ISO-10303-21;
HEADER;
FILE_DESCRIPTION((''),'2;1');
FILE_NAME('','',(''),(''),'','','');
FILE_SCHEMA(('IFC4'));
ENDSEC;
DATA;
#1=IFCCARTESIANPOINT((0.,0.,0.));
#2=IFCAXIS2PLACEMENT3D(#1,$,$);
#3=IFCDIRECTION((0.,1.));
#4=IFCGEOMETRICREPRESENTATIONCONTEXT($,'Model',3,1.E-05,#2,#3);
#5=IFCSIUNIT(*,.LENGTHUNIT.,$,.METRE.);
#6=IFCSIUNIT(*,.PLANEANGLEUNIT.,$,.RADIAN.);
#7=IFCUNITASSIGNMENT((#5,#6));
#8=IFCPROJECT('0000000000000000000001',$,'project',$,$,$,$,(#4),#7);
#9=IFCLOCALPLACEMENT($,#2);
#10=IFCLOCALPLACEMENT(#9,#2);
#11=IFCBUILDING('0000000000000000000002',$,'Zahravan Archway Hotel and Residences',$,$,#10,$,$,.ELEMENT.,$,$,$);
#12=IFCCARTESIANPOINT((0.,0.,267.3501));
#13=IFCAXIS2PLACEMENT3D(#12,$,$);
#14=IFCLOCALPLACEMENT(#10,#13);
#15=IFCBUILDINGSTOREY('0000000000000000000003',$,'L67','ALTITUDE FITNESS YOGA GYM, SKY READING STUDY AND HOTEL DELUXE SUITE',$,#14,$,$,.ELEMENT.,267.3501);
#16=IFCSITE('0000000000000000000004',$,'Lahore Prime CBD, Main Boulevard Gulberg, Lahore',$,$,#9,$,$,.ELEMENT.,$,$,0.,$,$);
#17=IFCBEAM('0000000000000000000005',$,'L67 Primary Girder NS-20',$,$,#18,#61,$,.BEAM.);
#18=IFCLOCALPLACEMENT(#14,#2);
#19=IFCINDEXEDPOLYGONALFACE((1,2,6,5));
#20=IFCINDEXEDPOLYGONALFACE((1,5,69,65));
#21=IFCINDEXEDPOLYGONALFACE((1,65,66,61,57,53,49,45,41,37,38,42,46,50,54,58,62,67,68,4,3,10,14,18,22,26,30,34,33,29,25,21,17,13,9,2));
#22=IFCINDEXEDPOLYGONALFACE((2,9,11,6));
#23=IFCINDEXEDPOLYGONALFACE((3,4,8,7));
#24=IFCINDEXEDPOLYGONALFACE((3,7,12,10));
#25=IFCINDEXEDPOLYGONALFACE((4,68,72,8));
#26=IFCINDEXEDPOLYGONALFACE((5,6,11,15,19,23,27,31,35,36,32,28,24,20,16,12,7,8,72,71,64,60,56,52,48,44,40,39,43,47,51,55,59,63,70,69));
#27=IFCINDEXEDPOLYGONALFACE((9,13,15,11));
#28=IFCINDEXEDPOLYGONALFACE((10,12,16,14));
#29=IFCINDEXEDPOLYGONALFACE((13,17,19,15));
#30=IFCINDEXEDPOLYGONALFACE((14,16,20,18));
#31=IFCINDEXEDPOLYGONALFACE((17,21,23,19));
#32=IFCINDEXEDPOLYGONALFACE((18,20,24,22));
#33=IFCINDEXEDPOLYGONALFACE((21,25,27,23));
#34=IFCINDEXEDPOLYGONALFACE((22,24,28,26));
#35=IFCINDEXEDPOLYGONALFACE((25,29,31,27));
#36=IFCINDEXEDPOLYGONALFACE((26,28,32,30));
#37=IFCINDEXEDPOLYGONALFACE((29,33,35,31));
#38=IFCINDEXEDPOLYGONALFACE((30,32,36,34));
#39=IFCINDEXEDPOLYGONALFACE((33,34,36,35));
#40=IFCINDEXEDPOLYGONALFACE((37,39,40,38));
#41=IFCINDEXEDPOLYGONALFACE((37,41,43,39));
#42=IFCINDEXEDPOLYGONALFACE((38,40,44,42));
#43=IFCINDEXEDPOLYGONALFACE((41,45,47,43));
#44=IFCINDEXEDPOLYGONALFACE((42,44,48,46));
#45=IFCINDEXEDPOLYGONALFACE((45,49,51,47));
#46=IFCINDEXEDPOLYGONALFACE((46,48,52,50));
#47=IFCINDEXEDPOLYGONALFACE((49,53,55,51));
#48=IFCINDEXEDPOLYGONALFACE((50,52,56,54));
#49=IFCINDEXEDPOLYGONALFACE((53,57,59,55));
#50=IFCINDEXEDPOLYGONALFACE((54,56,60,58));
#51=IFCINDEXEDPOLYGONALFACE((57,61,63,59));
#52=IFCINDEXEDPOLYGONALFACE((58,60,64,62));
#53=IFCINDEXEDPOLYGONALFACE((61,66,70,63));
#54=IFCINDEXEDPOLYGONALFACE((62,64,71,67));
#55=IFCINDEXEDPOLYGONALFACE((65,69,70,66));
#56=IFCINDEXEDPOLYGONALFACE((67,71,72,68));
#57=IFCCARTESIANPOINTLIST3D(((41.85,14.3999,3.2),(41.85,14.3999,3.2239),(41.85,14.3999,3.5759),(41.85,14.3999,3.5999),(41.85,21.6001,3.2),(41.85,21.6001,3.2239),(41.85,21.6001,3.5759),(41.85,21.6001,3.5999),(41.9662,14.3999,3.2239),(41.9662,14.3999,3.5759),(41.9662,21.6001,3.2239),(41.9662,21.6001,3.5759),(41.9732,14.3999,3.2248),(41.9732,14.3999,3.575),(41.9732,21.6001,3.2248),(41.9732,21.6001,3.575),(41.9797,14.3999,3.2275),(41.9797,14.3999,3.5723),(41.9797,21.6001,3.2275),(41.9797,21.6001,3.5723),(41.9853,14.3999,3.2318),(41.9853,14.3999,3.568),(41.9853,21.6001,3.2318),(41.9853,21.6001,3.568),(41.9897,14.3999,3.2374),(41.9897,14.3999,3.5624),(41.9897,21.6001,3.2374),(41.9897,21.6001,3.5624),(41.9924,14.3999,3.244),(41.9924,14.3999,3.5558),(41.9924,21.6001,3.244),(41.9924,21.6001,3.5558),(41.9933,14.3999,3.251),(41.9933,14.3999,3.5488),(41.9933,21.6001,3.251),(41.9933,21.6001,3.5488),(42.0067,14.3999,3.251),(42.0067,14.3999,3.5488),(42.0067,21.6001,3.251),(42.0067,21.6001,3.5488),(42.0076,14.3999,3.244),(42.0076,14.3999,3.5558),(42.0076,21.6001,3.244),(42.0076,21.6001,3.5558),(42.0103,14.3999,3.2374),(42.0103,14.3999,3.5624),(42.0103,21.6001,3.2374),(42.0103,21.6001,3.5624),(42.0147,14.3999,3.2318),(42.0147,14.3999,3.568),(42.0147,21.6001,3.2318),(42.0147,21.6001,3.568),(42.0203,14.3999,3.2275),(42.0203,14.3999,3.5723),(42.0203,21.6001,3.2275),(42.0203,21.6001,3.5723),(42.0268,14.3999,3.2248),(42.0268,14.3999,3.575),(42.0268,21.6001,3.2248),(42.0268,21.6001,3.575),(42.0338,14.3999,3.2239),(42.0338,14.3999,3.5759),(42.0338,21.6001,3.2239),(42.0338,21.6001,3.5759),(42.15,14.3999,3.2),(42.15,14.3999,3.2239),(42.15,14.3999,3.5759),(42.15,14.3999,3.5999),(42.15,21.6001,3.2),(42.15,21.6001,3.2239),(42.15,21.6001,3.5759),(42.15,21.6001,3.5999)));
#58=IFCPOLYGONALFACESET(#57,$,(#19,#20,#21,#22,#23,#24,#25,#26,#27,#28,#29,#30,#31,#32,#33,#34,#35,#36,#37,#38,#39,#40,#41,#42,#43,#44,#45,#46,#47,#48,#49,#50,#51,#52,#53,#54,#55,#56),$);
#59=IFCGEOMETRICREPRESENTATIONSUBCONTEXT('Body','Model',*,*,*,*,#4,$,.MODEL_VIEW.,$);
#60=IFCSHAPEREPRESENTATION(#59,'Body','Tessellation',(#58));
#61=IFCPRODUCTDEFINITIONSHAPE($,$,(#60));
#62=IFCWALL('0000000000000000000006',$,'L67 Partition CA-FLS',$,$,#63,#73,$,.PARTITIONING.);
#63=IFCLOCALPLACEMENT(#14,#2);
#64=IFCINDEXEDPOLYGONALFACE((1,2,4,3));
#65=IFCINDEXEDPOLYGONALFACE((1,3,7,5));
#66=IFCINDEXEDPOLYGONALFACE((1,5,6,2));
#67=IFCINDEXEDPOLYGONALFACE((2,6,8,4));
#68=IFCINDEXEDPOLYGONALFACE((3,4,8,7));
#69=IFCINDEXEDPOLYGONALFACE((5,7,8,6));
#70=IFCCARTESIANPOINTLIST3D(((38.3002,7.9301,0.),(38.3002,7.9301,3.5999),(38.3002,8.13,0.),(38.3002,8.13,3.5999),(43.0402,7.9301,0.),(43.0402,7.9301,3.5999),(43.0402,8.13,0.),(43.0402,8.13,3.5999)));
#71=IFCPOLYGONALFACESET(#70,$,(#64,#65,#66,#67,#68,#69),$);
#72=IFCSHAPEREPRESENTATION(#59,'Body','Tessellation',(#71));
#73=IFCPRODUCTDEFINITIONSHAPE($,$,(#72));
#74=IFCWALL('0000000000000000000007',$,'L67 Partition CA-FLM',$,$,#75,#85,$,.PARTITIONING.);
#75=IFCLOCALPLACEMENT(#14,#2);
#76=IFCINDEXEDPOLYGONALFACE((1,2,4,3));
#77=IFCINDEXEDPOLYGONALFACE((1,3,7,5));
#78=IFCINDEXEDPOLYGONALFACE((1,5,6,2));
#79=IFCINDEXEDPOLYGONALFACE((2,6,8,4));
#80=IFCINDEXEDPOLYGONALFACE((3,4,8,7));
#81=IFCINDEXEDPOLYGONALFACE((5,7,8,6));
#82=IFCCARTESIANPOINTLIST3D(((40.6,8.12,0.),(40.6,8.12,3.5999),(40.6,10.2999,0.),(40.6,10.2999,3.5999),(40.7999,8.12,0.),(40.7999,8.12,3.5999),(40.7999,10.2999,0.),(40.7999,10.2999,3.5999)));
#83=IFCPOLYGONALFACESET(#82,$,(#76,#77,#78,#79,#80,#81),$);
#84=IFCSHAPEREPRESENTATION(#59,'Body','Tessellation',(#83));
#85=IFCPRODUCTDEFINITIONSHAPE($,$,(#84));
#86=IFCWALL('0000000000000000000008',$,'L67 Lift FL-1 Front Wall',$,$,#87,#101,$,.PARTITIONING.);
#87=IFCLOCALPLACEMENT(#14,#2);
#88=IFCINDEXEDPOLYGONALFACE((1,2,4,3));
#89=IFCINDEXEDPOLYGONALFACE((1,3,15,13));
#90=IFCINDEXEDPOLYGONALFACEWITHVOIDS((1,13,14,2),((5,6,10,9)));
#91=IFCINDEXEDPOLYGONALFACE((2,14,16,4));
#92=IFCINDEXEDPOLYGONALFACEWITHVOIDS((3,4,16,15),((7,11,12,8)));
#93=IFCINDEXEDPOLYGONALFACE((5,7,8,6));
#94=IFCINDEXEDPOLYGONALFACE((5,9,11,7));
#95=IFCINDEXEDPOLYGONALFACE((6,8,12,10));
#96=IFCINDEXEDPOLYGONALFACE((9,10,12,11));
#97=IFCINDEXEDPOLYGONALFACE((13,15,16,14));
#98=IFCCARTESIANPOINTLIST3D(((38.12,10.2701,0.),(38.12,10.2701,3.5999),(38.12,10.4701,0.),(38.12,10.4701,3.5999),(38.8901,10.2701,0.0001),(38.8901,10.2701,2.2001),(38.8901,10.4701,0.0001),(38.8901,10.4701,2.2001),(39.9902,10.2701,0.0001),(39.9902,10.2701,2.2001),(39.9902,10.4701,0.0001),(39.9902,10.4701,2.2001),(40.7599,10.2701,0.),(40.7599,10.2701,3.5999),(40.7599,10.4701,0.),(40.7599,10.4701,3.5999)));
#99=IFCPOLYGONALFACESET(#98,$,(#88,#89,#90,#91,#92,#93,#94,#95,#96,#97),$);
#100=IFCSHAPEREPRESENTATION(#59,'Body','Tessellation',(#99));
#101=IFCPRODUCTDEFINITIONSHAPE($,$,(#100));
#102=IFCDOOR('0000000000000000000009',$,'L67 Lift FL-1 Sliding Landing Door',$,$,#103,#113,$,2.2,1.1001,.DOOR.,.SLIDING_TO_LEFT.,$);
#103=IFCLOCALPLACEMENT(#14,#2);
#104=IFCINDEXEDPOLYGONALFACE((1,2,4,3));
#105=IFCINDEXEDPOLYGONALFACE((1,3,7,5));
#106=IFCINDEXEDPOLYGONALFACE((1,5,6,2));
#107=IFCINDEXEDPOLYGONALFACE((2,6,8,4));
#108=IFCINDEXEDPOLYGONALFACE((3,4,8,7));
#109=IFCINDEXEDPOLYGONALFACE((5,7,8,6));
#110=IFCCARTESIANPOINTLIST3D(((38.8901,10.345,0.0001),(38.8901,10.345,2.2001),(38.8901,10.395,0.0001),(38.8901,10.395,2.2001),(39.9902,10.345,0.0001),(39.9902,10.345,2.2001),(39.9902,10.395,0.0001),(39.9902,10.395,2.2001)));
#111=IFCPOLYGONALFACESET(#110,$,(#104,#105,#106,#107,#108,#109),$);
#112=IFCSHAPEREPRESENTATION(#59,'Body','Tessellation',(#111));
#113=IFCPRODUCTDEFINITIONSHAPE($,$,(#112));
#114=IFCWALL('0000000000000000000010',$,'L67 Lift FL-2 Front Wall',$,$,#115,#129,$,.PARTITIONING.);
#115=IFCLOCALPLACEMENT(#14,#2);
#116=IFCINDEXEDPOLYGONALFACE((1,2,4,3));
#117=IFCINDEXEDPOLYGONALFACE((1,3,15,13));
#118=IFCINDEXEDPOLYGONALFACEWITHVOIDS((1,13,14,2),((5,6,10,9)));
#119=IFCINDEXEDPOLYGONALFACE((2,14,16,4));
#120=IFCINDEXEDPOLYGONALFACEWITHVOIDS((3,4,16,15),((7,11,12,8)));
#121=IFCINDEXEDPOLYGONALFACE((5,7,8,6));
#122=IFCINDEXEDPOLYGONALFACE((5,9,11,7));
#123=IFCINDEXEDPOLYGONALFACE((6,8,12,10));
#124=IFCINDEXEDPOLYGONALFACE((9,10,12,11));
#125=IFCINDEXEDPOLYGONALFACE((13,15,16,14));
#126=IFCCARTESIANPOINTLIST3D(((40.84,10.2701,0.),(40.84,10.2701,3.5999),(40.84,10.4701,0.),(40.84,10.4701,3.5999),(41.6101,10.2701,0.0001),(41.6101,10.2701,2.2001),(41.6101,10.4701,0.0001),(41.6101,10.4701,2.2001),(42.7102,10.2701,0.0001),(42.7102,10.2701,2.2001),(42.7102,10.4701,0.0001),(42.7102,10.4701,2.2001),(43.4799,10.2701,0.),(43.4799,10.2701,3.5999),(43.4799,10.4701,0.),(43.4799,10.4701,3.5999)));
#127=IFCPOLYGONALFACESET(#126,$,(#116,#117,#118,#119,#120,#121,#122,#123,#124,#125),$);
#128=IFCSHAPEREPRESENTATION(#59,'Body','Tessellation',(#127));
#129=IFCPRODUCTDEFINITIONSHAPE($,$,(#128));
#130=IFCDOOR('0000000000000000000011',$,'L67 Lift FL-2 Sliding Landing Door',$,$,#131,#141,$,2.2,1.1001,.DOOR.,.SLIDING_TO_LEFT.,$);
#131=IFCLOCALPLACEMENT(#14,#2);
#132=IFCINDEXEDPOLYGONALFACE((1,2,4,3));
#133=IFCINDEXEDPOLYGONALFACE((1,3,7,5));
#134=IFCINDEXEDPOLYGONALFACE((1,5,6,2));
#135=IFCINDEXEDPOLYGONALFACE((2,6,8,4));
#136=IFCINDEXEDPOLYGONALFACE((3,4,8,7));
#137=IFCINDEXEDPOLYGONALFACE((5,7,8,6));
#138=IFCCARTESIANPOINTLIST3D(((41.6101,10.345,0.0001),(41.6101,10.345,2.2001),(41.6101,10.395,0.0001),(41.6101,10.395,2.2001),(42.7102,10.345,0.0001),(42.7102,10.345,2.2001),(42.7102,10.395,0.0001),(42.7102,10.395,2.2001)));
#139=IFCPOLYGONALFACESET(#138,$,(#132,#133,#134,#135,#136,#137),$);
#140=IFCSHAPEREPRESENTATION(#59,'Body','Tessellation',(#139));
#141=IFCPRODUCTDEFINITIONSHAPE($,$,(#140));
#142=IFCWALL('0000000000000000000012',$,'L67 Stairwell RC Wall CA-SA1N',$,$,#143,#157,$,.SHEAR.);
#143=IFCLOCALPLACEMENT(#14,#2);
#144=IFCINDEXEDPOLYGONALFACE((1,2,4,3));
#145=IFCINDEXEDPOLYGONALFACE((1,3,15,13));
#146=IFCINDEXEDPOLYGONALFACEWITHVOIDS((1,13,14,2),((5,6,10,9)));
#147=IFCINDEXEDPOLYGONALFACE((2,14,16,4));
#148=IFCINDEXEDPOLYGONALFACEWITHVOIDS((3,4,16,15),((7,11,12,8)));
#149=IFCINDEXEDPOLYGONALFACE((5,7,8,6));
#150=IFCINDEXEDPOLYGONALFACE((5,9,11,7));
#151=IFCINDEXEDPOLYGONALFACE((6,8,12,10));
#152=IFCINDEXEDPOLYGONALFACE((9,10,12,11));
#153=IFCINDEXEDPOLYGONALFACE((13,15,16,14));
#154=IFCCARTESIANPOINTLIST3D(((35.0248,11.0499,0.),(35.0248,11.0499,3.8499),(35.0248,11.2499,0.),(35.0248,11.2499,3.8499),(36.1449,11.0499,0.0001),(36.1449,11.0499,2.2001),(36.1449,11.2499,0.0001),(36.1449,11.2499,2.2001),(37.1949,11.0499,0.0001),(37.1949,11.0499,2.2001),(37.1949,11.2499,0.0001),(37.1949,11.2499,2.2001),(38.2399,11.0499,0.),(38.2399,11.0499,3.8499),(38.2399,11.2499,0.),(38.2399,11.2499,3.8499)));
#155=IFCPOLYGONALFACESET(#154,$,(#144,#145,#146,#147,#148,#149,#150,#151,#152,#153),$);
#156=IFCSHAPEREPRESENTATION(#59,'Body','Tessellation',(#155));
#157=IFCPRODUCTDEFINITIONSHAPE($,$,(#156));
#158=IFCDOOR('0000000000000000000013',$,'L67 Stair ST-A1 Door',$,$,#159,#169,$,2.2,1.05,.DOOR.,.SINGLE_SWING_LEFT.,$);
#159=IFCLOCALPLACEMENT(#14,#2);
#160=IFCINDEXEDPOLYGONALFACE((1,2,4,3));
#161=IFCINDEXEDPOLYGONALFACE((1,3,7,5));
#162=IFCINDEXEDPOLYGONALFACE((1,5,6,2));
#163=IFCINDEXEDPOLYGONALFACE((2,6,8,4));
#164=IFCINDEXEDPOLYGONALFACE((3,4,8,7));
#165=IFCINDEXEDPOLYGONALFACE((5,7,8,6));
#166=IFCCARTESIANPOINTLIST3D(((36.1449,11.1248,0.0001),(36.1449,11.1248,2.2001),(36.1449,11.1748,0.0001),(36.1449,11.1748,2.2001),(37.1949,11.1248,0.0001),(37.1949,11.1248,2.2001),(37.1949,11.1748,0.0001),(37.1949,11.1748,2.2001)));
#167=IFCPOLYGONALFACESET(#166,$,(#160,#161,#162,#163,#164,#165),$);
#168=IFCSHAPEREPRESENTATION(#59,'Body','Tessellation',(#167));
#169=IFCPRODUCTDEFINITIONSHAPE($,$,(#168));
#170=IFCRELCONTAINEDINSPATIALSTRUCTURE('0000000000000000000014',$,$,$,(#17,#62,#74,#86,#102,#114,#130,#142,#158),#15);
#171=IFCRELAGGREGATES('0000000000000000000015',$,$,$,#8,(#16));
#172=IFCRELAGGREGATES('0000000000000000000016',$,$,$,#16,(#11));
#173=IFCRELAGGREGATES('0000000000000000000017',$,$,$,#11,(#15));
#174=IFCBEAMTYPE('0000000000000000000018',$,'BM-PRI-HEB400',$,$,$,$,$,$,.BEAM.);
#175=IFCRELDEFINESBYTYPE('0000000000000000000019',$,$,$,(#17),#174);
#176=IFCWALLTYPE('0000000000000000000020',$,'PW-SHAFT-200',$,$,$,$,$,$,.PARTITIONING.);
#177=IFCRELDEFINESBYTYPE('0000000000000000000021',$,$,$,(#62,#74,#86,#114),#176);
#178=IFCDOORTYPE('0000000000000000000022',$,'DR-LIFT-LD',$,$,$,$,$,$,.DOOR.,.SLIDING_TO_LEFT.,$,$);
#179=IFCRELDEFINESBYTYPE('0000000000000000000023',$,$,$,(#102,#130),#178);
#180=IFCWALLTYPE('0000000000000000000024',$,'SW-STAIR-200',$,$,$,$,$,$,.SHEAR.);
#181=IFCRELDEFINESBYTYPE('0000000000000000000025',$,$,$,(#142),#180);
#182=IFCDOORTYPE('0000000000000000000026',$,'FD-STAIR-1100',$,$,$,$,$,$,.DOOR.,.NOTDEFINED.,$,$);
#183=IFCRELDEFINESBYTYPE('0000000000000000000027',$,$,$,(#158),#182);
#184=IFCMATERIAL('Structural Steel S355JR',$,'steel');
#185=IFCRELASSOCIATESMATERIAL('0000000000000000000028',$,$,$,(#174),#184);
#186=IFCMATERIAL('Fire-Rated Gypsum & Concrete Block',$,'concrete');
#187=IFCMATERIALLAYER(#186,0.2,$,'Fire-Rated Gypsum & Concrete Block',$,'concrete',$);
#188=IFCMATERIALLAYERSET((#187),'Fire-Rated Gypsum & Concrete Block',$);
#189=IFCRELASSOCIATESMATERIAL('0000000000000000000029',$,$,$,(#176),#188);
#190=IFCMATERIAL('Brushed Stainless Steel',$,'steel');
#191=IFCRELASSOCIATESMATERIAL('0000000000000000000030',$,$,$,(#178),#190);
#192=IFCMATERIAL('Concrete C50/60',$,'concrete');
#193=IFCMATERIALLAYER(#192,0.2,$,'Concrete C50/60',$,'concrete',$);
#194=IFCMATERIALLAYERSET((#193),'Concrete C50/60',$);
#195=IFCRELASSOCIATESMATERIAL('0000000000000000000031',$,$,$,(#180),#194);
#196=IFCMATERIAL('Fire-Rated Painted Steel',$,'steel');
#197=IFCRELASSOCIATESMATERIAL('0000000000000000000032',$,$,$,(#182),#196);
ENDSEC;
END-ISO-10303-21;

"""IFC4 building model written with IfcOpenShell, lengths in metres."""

from ifc_helpers import new_model, si_unit, direction, frame, frame_2d, origin, origin_2d, place, context, subcontext, project, spatial, rectangle, i_section, extrude, source, transform, mapped, material, layer, layer_set, material_profile, profile_set, type_object, type_shapes, element, fill, save


model = new_model("IFC4")

# Units and contexts
model_context = context("Model", 3, precision=1e-05, world=origin(), true_north=direction((0.0, 1.0)))
body_context = subcontext(model_context, "Body", "Model", "MODEL_VIEW")
ifc_project = project(units=[si_unit("LENGTHUNIT", "METRE"), si_unit("PLANEANGLEUNIT", "RADIAN")], contexts=[model_context])

# Site, building, storey
site_placement = place(None, origin())
site = spatial("IfcSite", under=ifc_project, at=site_placement, Name="Lahore Prime CBD, Main Boulevard Gulberg, Lahore", CompositionType="ELEMENT", RefElevation=0.0)
building_placement = place(site_placement, origin())
building = spatial("IfcBuilding", under=site, at=building_placement, Name="Zahravan Archway Hotel and Residences", CompositionType="ELEMENT")
storey_placement = place(building_placement, frame((0.0, 0.0, 267.3501)))
storey = spatial("IfcBuildingStorey", under=building, at=storey_placement, Name="L67", Description="ALTITUDE FITNESS YOGA GYM, SKY READING STUDY AND HOTEL DELUXE SUITE", CompositionType="ELEMENT", Elevation=267.3501)

# Shared definitions
ifc_material_1 = material(Name="Concrete C50/60", Category="concrete")

# Beam
ifc_material_2 = material(Name="Structural Steel S355JR", Category="steel")
ifc_material_profile_1 = material_profile(ifc_material_2, i_section(OverallWidth=0.3, OverallDepth=0.3999, WebThickness=0.0134, FlangeThickness=0.0239, FilletRadius=0.0271, at=origin_2d()), Name="HEB 400", Category="steel")
ifc_profile_set_1 = profile_set([ifc_material_profile_1], Name="Structural Steel S355JR")
beam_type = type_object("IfcBeamType", Name="BM-PRI-HEB400", PredefinedType="BEAM", material=ifc_profile_set_1)
shared_shape_1 = source(origin(), body_context, "Body", "SweptSolid", [
    extrude(i_section(OverallWidth=0.3, OverallDepth=0.3999, WebThickness=0.0134, FlangeThickness=0.0239, FilletRadius=0.0271, at=origin_2d()), origin(), (0.0, 0.0, 1.0), 7.2002),
])
for number, where, z_axis, x_axis, name in (
    (1, (42.0, 14.3999, 3.3999), (0.0, 1.0, 0.0), (-1.0, 0.0, 0.0), "L67 Primary Girder NS-20"),
):
    element("IfcBeam", number, at=place(storey_placement, frame(where, z_axis=z_axis, x_axis=x_axis)), inside=storey, type_object=beam_type, Name=name, PredefinedType="BEAM", context=body_context, shape_type="MappedRepresentation", body=[
        mapped(shared_shape_1, transform((0.0, 0.0, 0.0), scale=1.0)),
    ])

# Shared definitions
ifc_material_3 = material(Name="Fire-Rated Gypsum & Concrete Block", Category="concrete")
ifc_material_4 = material(Name="Fire-Rated Painted Steel", Category="steel")

# Walls
ifc_layer_1 = layer(ifc_material_3, 0.2, Name="Fire-Rated Gypsum & Concrete Block", Category="concrete")
ifc_layer_set_1 = layer_set([ifc_layer_1], Name="Fire-Rated Gypsum & Concrete Block")
wall_type_1 = type_object("IfcWallType", Name="PW-SHAFT-200", PredefinedType="PARTITIONING", material=ifc_layer_set_1)
wall_1_placement = place(storey_placement, frame((38.3, 8.03, 0.0), z_axis=(0.0, 0.0, 1.0), x_axis=(1.0, 0.0, 0.0)))
element("IfcWall", 2, at=wall_1_placement, inside=storey, type_object=wall_type_1, Name="L67 Partition CA-FLS", PredefinedType="PARTITIONING", context=body_context, shape_type="SweptSolid", body=[
    extrude(rectangle(XDim=4.74, YDim=0.2, at=frame_2d((2.3701, 0.0))), origin(), (0.0, 0.0, 1.0), 3.5999),
])
wall_2_placement = place(storey_placement, frame((40.7, 8.1201, 0.0), z_axis=(0.0, 0.0, 1.0), x_axis=(0.0, 1.0, 0.0)))
element("IfcWall", 3, at=wall_2_placement, inside=storey, type_object=wall_type_1, Name="L67 Partition CA-FLM", PredefinedType="PARTITIONING", context=body_context, shape_type="SweptSolid", body=[
    extrude(rectangle(XDim=2.1799, YDim=0.2, at=frame_2d((1.0898, 0.0))), origin(), (0.0, 0.0, 1.0), 3.5999),
])

# Walls, openings, doors
wall_3_placement = place(storey_placement, frame((38.1201, 10.3701, 0.0), z_axis=(0.0, 0.0, 1.0), x_axis=(1.0, 0.0, 0.0)))
wall_3 = element("IfcWall", 4, at=wall_3_placement, inside=storey, type_object=wall_type_1, Name="L67 Lift FL-1 Front Wall", PredefinedType="PARTITIONING", context=body_context, shape_type="SweptSolid", body=[
    extrude(rectangle(XDim=2.6399, YDim=0.2, at=frame_2d((1.3198, 0.0))), origin(), (0.0, 0.0, 1.0), 3.5999),
])
opening_1_placement = place(wall_3_placement, frame((0.77, 0.0, 0.0)))
opening_1 = element("IfcOpeningElement", 5, at=opening_1_placement, cuts=wall_3, PredefinedType="OPENING", context=body_context, shape_type="SweptSolid", body=[
    extrude(rectangle(XDim=1.1001, YDim=2.2, at=frame_2d((0.55, 1.1001))), frame((0.0, 0.1099, 0.0), z_axis=(0.0, -1.0, 0.0), x_axis=(1.0, 0.0, 0.0)), (0.0, 0.0, 1.0), 0.22),
])
ifc_material_5 = material(Name="Brushed Stainless Steel", Category="steel")
door_type_1 = type_object("IfcDoorType", Name="DR-LIFT-LD", OperationType="SLIDING_TO_LEFT", PredefinedType="DOOR", material=ifc_material_5)
shared_shape_2 = source(origin(), body_context, "Body", "SweptSolid", [
    extrude(rectangle(XDim=1.1001, YDim=2.2, at=frame_2d((0.55, 1.1001))), frame((0.0, 0.0249, 0.0), z_axis=(0.0, -1.0, 0.0), x_axis=(1.0, 0.0, 0.0)), (0.0, 0.0, 1.0), 0.05),
])
type_shapes(door_type_1, [shared_shape_2])
door_1_placement = place(opening_1_placement, origin())
door_1 = element("IfcDoor", 6, at=door_1_placement, inside=storey, type_object=door_type_1, Name="L67 Lift FL-1 Sliding Landing Door", OperationType="SLIDING_TO_LEFT", OverallHeight=2.2, OverallWidth=1.1001, PredefinedType="DOOR", context=body_context, shape_type="MappedRepresentation", body=[
    mapped(shared_shape_2, transform((0.0, 0.0, 0.0), scale=1.0)),
])
fill(opening_1, door_1)
wall_4_placement = place(storey_placement, frame((40.8401, 10.3701, 0.0), z_axis=(0.0, 0.0, 1.0), x_axis=(1.0, 0.0, 0.0)))
wall_4 = element("IfcWall", 7, at=wall_4_placement, inside=storey, type_object=wall_type_1, Name="L67 Lift FL-2 Front Wall", PredefinedType="PARTITIONING", context=body_context, shape_type="SweptSolid", body=[
    extrude(rectangle(XDim=2.6399, YDim=0.2, at=frame_2d((1.3198, 0.0))), origin(), (0.0, 0.0, 1.0), 3.5999),
])
opening_2_placement = place(wall_4_placement, frame((0.77, 0.0, 0.0)))
opening_2 = element("IfcOpeningElement", 8, at=opening_2_placement, cuts=wall_4, PredefinedType="OPENING", context=body_context, shape_type="SweptSolid", body=[
    extrude(rectangle(XDim=1.1001, YDim=2.2, at=frame_2d((0.55, 1.1001))), frame((0.0, 0.1099, 0.0), z_axis=(0.0, -1.0, 0.0), x_axis=(1.0, 0.0, 0.0)), (0.0, 0.0, 1.0), 0.22),
])
door_2_placement = place(opening_2_placement, origin())
door_2 = element("IfcDoor", 9, at=door_2_placement, inside=storey, type_object=door_type_1, Name="L67 Lift FL-2 Sliding Landing Door", OperationType="SLIDING_TO_LEFT", OverallHeight=2.2, OverallWidth=1.1001, PredefinedType="DOOR", context=body_context, shape_type="MappedRepresentation", body=[
    mapped(shared_shape_2, transform((0.0, 0.0, 0.0), scale=1.0)),
])
fill(opening_2, door_2)
ifc_layer_2 = layer(ifc_material_1, 0.2, Name="Concrete C50/60", Category="concrete")
ifc_layer_set_2 = layer_set([ifc_layer_2], Name="Concrete C50/60")
wall_type_2 = type_object("IfcWallType", Name="SW-STAIR-200", PredefinedType="SHEAR", material=ifc_layer_set_2)
wall_5_placement = place(storey_placement, frame((35.0249, 11.1499, 0.0), z_axis=(0.0, 0.0, 1.0), x_axis=(1.0, 0.0, 0.0)))
wall_5 = element("IfcWall", 10, at=wall_5_placement, inside=storey, type_object=wall_type_2, Name="L67 Stairwell RC Wall CA-SA1N", PredefinedType="SHEAR", context=body_context, shape_type="SweptSolid", body=[
    extrude(rectangle(XDim=3.2151, YDim=0.2, at=frame_2d((1.6074, 0.0))), origin(), (0.0, 0.0, 1.0), 3.8499),
])
opening_3_placement = place(wall_5_placement, frame((1.1201, 0.0, 0.0)))
opening_3 = element("IfcOpeningElement", 11, at=opening_3_placement, cuts=wall_5, PredefinedType="OPENING", context=body_context, shape_type="SweptSolid", body=[
    extrude(rectangle(XDim=1.05, YDim=2.2, at=frame_2d((0.5249, 1.1001))), frame((0.0, 0.1099, 0.0), z_axis=(0.0, -1.0, 0.0), x_axis=(1.0, 0.0, 0.0)), (0.0, 0.0, 1.0), 0.22),
])
door_type_2 = type_object("IfcDoorType", Name="FD-STAIR-1100", OperationType="NOTDEFINED", PredefinedType="DOOR", material=ifc_material_4)
shared_shape_3 = source(origin(), body_context, "Body", "SweptSolid", [
    extrude(rectangle(XDim=1.05, YDim=2.2, at=frame_2d((0.5249, 1.1001))), frame((0.0, 0.0249, 0.0), z_axis=(0.0, -1.0, 0.0), x_axis=(1.0, 0.0, 0.0)), (0.0, 0.0, 1.0), 0.05),
])
type_shapes(door_type_2, [shared_shape_3])
door_3_placement = place(opening_3_placement, origin())
door_3 = element("IfcDoor", 12, at=door_3_placement, inside=storey, type_object=door_type_2, Name="L67 Stair ST-A1 Door", OperationType="SINGLE_SWING_LEFT", OverallHeight=2.2, OverallWidth=1.05, PredefinedType="DOOR", context=body_context, shape_type="MappedRepresentation", body=[
    mapped(shared_shape_3, transform((0.0, 0.0, 0.0), scale=1.0)),
])
fill(opening_3, door_3)

save(model, "model.ifc")
